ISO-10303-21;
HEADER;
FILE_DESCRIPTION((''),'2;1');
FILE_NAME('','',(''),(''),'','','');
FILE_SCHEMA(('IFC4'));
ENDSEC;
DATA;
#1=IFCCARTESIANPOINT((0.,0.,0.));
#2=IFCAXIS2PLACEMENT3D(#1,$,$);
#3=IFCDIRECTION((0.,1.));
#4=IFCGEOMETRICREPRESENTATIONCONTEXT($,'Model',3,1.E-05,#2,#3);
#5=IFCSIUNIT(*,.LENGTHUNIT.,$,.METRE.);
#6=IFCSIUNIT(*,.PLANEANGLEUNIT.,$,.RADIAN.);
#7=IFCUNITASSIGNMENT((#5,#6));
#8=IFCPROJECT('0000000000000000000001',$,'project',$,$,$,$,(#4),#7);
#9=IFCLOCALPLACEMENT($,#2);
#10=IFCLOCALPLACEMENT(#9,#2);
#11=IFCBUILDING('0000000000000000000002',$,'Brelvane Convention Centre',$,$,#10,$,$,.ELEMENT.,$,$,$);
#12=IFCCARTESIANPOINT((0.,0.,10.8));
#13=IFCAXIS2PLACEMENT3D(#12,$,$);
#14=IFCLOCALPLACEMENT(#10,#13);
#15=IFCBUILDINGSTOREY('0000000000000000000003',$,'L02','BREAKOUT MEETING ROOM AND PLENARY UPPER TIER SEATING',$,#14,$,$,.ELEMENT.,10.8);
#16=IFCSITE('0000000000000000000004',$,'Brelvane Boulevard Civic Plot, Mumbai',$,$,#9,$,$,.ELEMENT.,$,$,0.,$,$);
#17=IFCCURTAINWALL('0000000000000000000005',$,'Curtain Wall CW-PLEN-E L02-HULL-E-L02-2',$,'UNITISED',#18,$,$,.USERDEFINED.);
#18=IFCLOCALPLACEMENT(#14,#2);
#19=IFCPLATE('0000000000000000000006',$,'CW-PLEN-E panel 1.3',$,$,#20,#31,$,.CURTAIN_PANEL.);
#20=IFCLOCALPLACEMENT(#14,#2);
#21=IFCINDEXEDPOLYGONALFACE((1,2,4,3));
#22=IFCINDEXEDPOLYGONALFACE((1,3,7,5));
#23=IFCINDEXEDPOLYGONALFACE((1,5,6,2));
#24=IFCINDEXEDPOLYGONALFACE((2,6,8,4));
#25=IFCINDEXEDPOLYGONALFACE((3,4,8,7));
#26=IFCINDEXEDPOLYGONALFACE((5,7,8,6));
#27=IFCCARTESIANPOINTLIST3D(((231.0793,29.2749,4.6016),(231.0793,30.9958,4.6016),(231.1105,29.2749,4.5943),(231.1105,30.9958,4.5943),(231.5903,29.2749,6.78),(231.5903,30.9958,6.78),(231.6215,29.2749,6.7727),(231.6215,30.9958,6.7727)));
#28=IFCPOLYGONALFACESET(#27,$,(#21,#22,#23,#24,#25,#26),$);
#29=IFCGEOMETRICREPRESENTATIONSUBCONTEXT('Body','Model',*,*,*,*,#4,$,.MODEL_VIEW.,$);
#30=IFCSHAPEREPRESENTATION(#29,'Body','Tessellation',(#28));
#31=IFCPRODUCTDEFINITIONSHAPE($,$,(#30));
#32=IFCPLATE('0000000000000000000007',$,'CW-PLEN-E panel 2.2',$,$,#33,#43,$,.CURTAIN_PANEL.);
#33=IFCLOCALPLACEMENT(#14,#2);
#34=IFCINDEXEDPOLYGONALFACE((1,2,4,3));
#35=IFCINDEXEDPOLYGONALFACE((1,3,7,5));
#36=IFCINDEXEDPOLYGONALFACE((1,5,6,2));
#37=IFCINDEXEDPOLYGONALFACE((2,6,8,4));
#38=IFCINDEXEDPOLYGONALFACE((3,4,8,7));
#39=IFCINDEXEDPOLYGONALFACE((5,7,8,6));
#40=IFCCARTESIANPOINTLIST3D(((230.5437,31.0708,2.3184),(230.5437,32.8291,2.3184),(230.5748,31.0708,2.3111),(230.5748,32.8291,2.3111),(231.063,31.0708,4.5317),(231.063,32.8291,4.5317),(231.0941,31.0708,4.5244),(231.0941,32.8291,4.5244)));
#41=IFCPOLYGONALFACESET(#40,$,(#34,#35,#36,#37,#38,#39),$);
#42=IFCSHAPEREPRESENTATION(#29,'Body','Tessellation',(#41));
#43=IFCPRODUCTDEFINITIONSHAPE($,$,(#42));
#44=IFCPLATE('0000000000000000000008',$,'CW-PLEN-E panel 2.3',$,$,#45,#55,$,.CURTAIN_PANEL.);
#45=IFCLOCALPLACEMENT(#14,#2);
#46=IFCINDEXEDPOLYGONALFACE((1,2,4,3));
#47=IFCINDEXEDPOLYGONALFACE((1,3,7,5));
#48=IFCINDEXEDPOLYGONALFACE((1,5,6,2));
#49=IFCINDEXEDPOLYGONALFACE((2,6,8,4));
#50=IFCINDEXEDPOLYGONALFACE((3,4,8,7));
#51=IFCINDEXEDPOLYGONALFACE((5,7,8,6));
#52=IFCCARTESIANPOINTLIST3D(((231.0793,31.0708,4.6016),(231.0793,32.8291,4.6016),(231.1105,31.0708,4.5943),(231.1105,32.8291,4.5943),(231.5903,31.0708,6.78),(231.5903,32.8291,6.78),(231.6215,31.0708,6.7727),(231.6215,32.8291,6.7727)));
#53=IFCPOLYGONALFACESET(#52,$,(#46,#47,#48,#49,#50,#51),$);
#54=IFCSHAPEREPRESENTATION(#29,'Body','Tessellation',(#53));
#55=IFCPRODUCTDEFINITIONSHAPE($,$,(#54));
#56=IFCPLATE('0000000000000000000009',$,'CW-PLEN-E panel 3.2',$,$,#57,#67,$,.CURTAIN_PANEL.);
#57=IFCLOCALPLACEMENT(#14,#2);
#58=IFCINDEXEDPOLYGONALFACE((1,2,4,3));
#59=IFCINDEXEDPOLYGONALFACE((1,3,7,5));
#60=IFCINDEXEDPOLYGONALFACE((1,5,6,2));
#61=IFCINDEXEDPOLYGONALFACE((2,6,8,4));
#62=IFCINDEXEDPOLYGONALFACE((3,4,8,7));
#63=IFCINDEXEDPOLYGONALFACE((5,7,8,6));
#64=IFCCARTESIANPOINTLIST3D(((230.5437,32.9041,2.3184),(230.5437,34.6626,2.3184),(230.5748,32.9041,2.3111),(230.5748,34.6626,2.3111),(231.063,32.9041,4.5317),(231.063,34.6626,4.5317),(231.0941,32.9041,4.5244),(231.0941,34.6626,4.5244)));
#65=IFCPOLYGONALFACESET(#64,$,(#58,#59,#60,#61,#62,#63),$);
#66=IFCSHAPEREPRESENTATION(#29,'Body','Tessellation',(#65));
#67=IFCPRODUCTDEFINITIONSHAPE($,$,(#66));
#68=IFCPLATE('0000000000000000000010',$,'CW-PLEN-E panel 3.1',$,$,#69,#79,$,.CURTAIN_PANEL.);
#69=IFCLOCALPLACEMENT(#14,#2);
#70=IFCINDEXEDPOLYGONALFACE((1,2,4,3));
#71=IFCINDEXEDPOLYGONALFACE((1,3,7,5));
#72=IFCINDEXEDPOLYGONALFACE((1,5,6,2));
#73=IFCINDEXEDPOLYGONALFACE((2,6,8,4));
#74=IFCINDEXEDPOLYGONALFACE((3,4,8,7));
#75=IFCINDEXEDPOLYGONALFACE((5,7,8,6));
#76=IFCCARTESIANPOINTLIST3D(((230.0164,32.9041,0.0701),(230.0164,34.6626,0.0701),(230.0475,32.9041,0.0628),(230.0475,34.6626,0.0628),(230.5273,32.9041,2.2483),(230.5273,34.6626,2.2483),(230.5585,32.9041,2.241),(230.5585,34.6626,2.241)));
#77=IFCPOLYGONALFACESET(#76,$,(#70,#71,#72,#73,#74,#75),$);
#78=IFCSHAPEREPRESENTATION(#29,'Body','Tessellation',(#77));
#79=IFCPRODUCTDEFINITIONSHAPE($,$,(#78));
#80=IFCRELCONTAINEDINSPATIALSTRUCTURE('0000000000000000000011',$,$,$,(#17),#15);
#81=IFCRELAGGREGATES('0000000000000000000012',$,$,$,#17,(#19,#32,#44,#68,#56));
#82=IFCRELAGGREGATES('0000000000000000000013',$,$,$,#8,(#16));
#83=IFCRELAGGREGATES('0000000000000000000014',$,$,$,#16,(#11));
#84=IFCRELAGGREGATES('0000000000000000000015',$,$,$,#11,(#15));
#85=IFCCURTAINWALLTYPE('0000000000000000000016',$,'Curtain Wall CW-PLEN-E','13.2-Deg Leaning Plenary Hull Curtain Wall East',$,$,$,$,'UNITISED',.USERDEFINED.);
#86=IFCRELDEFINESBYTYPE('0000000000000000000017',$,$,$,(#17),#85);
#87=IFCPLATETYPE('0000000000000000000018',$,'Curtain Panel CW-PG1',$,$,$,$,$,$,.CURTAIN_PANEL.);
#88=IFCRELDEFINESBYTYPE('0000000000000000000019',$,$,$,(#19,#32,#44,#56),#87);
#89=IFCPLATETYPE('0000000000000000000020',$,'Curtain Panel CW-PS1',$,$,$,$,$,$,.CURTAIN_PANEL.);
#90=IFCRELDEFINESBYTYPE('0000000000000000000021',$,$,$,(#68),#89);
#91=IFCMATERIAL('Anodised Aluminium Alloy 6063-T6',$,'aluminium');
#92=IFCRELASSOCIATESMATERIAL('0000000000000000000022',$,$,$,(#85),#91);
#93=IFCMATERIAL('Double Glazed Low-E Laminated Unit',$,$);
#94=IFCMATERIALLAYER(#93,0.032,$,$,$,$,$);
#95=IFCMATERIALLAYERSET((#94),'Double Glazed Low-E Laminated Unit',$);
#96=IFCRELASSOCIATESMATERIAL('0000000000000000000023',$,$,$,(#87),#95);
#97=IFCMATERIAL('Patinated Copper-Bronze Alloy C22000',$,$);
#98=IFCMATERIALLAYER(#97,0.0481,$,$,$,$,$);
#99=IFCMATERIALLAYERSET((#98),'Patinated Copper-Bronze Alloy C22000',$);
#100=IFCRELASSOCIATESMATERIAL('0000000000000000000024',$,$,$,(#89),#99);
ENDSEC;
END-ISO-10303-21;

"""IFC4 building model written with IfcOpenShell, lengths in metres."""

from ifc_helpers import new_model, si_unit, direction, frame, origin, place, context, subcontext, project, spatial, polyline, outline, extrude, material, layer, layer_set, type_object, element, aggregate, save


model = new_model("IFC4")

# Units and contexts
model_context = context("Model", 3, precision=1e-05, world=origin(), true_north=direction((0.0, 1.0)))
body_context = subcontext(model_context, "Body", "Model", "MODEL_VIEW")
ifc_project = project(units=[si_unit("LENGTHUNIT", "METRE"), si_unit("PLANEANGLEUNIT", "RADIAN")], contexts=[model_context])

# Site, building, storey
site_placement = place(None, origin())
site = spatial("IfcSite", under=ifc_project, at=site_placement, Name="Brelvane Boulevard Civic Plot, Mumbai", CompositionType="ELEMENT", RefElevation=0.0)
building_placement = place(site_placement, origin())
building = spatial("IfcBuilding", under=site, at=building_placement, Name="Brelvane Convention Centre", CompositionType="ELEMENT")
storey_placement = place(building_placement, frame((0.0, 0.0, 10.8)))
storey = spatial("IfcBuildingStorey", under=building, at=storey_placement, Name="L02", Description="BREAKOUT MEETING ROOM AND PLENARY UPPER TIER SEATING", CompositionType="ELEMENT", Elevation=10.8)

# Curtain wall
ifc_material_1 = material(Name="Anodised Aluminium Alloy 6063-T6", Category="aluminium")
curtain_wall_type = type_object("IfcCurtainWallType", Name="Curtain Wall CW-PLEN-E", Description="13.2-Deg Leaning Plenary Hull Curtain Wall East", ElementType="UNITISED", PredefinedType="USERDEFINED", material=ifc_material_1)
curtain_wall_1_placement = place(storey_placement, origin())
curtain_wall_1 = element("IfcCurtainWall", 1, at=curtain_wall_1_placement, inside=storey, type_object=curtain_wall_type, Name="Curtain Wall CW-PLEN-E L02-HULL-E-L02-2", ObjectType="UNITISED", PredefinedType="USERDEFINED")

# Plates
ifc_material_2 = material(Name="Double Glazed Low-E Laminated Unit")
ifc_layer_1 = layer(ifc_material_2, 0.032)
ifc_layer_set_1 = layer_set([ifc_layer_1], Name="Double Glazed Low-E Laminated Unit")
plate_type_1 = type_object("IfcPlateType", Name="Curtain Panel CW-PG1", PredefinedType="CURTAIN_PANEL", material=ifc_layer_set_1)
plate_1_placement = place(storey_placement, frame((231.0793, 29.2749, 4.6016), z_axis=(-0.973576, 0.0, 0.228364), x_axis=(0.0, 1.0, 0.0)))
plate_1 = element("IfcPlate", 2, at=plate_1_placement, type_object=plate_type_1, Name="CW-PLEN-E panel 1.3", PredefinedType="CURTAIN_PANEL", context=body_context, shape_type="SweptSolid", body=[
    extrude(outline(polyline([(0.0, 0.0), (1.7209, 0.0), (1.7209, -2.2376), (0.0, -2.2376), (0.0, 0.0)])), origin(), (0.0, 0.0, -1.0), 0.032),
])
plate_2_placement = place(storey_placement, frame((230.5437, 31.0708, 2.3184), z_axis=(-0.973565, 0.0, 0.228411), x_axis=(0.0, 1.0, 0.0)))
plate_2 = element("IfcPlate", 3, at=plate_2_placement, type_object=plate_type_1, Name="CW-PLEN-E panel 2.2", PredefinedType="CURTAIN_PANEL", context=body_context, shape_type="SweptSolid", body=[
    extrude(outline(polyline([(0.0, 0.0), (1.7583, 0.0), (1.7583, -2.2735), (0.0, -2.2735), (0.0, 0.0)])), origin(), (0.0, 0.0, -1.0), 0.032),
])
plate_3_placement = place(storey_placement, frame((231.0793, 31.0708, 4.6016), z_axis=(-0.973576, 0.0, 0.228364), x_axis=(0.0, 1.0, 0.0)))
plate_3 = element("IfcPlate", 4, at=plate_3_placement, type_object=plate_type_1, Name="CW-PLEN-E panel 2.3", PredefinedType="CURTAIN_PANEL", context=body_context, shape_type="SweptSolid", body=[
    extrude(outline(polyline([(0.0, 0.0), (1.7583, 0.0), (1.7583, -2.2376), (0.0, -2.2376), (0.0, 0.0)])), origin(), (0.0, 0.0, -1.0), 0.032),
])
plate_4_placement = place(storey_placement, frame((230.5437, 32.9041, 2.3184), z_axis=(-0.973565, 0.0, 0.228411), x_axis=(0.0, 1.0, 0.0)))
plate_4 = element("IfcPlate", 5, at=plate_4_placement, type_object=plate_type_1, Name="CW-PLEN-E panel 3.2", PredefinedType="CURTAIN_PANEL", context=body_context, shape_type="SweptSolid", body=[
    extrude(outline(polyline([(0.0, 0.0), (1.7585, 0.0), (1.7585, -2.2735), (0.0, -2.2735), (0.0, 0.0)])), origin(), (0.0, 0.0, -1.0), 0.032),
])
ifc_material_3 = material(Name="Patinated Copper-Bronze Alloy C22000")
ifc_layer_2 = layer(ifc_material_3, 0.0481)
ifc_layer_set_2 = layer_set([ifc_layer_2], Name="Patinated Copper-Bronze Alloy C22000")
plate_type_2 = type_object("IfcPlateType", Name="Curtain Panel CW-PS1", PredefinedType="CURTAIN_PANEL", material=ifc_layer_set_2)
plate_5_placement = place(storey_placement, frame((230.0164, 32.9041, 0.0701), z_axis=(-0.97357, 0.0, 0.228388), x_axis=(0.0, 1.0, 0.0)))
plate_5 = element("IfcPlate", 6, at=plate_5_placement, type_object=plate_type_2, Name="CW-PLEN-E panel 3.1", PredefinedType="CURTAIN_PANEL", context=body_context, shape_type="SweptSolid", body=[
    extrude(outline(polyline([(0.0, 0.0), (1.7585, 0.0), (1.7585, -2.2374), (0.0, -2.2374), (0.0, 0.0)])), origin(), (0.0, 0.0, -1.0), 0.032),
])
aggregate(curtain_wall_1, [plate_1, plate_2, plate_3, plate_5, plate_4])

save(model, "model.ifc")
